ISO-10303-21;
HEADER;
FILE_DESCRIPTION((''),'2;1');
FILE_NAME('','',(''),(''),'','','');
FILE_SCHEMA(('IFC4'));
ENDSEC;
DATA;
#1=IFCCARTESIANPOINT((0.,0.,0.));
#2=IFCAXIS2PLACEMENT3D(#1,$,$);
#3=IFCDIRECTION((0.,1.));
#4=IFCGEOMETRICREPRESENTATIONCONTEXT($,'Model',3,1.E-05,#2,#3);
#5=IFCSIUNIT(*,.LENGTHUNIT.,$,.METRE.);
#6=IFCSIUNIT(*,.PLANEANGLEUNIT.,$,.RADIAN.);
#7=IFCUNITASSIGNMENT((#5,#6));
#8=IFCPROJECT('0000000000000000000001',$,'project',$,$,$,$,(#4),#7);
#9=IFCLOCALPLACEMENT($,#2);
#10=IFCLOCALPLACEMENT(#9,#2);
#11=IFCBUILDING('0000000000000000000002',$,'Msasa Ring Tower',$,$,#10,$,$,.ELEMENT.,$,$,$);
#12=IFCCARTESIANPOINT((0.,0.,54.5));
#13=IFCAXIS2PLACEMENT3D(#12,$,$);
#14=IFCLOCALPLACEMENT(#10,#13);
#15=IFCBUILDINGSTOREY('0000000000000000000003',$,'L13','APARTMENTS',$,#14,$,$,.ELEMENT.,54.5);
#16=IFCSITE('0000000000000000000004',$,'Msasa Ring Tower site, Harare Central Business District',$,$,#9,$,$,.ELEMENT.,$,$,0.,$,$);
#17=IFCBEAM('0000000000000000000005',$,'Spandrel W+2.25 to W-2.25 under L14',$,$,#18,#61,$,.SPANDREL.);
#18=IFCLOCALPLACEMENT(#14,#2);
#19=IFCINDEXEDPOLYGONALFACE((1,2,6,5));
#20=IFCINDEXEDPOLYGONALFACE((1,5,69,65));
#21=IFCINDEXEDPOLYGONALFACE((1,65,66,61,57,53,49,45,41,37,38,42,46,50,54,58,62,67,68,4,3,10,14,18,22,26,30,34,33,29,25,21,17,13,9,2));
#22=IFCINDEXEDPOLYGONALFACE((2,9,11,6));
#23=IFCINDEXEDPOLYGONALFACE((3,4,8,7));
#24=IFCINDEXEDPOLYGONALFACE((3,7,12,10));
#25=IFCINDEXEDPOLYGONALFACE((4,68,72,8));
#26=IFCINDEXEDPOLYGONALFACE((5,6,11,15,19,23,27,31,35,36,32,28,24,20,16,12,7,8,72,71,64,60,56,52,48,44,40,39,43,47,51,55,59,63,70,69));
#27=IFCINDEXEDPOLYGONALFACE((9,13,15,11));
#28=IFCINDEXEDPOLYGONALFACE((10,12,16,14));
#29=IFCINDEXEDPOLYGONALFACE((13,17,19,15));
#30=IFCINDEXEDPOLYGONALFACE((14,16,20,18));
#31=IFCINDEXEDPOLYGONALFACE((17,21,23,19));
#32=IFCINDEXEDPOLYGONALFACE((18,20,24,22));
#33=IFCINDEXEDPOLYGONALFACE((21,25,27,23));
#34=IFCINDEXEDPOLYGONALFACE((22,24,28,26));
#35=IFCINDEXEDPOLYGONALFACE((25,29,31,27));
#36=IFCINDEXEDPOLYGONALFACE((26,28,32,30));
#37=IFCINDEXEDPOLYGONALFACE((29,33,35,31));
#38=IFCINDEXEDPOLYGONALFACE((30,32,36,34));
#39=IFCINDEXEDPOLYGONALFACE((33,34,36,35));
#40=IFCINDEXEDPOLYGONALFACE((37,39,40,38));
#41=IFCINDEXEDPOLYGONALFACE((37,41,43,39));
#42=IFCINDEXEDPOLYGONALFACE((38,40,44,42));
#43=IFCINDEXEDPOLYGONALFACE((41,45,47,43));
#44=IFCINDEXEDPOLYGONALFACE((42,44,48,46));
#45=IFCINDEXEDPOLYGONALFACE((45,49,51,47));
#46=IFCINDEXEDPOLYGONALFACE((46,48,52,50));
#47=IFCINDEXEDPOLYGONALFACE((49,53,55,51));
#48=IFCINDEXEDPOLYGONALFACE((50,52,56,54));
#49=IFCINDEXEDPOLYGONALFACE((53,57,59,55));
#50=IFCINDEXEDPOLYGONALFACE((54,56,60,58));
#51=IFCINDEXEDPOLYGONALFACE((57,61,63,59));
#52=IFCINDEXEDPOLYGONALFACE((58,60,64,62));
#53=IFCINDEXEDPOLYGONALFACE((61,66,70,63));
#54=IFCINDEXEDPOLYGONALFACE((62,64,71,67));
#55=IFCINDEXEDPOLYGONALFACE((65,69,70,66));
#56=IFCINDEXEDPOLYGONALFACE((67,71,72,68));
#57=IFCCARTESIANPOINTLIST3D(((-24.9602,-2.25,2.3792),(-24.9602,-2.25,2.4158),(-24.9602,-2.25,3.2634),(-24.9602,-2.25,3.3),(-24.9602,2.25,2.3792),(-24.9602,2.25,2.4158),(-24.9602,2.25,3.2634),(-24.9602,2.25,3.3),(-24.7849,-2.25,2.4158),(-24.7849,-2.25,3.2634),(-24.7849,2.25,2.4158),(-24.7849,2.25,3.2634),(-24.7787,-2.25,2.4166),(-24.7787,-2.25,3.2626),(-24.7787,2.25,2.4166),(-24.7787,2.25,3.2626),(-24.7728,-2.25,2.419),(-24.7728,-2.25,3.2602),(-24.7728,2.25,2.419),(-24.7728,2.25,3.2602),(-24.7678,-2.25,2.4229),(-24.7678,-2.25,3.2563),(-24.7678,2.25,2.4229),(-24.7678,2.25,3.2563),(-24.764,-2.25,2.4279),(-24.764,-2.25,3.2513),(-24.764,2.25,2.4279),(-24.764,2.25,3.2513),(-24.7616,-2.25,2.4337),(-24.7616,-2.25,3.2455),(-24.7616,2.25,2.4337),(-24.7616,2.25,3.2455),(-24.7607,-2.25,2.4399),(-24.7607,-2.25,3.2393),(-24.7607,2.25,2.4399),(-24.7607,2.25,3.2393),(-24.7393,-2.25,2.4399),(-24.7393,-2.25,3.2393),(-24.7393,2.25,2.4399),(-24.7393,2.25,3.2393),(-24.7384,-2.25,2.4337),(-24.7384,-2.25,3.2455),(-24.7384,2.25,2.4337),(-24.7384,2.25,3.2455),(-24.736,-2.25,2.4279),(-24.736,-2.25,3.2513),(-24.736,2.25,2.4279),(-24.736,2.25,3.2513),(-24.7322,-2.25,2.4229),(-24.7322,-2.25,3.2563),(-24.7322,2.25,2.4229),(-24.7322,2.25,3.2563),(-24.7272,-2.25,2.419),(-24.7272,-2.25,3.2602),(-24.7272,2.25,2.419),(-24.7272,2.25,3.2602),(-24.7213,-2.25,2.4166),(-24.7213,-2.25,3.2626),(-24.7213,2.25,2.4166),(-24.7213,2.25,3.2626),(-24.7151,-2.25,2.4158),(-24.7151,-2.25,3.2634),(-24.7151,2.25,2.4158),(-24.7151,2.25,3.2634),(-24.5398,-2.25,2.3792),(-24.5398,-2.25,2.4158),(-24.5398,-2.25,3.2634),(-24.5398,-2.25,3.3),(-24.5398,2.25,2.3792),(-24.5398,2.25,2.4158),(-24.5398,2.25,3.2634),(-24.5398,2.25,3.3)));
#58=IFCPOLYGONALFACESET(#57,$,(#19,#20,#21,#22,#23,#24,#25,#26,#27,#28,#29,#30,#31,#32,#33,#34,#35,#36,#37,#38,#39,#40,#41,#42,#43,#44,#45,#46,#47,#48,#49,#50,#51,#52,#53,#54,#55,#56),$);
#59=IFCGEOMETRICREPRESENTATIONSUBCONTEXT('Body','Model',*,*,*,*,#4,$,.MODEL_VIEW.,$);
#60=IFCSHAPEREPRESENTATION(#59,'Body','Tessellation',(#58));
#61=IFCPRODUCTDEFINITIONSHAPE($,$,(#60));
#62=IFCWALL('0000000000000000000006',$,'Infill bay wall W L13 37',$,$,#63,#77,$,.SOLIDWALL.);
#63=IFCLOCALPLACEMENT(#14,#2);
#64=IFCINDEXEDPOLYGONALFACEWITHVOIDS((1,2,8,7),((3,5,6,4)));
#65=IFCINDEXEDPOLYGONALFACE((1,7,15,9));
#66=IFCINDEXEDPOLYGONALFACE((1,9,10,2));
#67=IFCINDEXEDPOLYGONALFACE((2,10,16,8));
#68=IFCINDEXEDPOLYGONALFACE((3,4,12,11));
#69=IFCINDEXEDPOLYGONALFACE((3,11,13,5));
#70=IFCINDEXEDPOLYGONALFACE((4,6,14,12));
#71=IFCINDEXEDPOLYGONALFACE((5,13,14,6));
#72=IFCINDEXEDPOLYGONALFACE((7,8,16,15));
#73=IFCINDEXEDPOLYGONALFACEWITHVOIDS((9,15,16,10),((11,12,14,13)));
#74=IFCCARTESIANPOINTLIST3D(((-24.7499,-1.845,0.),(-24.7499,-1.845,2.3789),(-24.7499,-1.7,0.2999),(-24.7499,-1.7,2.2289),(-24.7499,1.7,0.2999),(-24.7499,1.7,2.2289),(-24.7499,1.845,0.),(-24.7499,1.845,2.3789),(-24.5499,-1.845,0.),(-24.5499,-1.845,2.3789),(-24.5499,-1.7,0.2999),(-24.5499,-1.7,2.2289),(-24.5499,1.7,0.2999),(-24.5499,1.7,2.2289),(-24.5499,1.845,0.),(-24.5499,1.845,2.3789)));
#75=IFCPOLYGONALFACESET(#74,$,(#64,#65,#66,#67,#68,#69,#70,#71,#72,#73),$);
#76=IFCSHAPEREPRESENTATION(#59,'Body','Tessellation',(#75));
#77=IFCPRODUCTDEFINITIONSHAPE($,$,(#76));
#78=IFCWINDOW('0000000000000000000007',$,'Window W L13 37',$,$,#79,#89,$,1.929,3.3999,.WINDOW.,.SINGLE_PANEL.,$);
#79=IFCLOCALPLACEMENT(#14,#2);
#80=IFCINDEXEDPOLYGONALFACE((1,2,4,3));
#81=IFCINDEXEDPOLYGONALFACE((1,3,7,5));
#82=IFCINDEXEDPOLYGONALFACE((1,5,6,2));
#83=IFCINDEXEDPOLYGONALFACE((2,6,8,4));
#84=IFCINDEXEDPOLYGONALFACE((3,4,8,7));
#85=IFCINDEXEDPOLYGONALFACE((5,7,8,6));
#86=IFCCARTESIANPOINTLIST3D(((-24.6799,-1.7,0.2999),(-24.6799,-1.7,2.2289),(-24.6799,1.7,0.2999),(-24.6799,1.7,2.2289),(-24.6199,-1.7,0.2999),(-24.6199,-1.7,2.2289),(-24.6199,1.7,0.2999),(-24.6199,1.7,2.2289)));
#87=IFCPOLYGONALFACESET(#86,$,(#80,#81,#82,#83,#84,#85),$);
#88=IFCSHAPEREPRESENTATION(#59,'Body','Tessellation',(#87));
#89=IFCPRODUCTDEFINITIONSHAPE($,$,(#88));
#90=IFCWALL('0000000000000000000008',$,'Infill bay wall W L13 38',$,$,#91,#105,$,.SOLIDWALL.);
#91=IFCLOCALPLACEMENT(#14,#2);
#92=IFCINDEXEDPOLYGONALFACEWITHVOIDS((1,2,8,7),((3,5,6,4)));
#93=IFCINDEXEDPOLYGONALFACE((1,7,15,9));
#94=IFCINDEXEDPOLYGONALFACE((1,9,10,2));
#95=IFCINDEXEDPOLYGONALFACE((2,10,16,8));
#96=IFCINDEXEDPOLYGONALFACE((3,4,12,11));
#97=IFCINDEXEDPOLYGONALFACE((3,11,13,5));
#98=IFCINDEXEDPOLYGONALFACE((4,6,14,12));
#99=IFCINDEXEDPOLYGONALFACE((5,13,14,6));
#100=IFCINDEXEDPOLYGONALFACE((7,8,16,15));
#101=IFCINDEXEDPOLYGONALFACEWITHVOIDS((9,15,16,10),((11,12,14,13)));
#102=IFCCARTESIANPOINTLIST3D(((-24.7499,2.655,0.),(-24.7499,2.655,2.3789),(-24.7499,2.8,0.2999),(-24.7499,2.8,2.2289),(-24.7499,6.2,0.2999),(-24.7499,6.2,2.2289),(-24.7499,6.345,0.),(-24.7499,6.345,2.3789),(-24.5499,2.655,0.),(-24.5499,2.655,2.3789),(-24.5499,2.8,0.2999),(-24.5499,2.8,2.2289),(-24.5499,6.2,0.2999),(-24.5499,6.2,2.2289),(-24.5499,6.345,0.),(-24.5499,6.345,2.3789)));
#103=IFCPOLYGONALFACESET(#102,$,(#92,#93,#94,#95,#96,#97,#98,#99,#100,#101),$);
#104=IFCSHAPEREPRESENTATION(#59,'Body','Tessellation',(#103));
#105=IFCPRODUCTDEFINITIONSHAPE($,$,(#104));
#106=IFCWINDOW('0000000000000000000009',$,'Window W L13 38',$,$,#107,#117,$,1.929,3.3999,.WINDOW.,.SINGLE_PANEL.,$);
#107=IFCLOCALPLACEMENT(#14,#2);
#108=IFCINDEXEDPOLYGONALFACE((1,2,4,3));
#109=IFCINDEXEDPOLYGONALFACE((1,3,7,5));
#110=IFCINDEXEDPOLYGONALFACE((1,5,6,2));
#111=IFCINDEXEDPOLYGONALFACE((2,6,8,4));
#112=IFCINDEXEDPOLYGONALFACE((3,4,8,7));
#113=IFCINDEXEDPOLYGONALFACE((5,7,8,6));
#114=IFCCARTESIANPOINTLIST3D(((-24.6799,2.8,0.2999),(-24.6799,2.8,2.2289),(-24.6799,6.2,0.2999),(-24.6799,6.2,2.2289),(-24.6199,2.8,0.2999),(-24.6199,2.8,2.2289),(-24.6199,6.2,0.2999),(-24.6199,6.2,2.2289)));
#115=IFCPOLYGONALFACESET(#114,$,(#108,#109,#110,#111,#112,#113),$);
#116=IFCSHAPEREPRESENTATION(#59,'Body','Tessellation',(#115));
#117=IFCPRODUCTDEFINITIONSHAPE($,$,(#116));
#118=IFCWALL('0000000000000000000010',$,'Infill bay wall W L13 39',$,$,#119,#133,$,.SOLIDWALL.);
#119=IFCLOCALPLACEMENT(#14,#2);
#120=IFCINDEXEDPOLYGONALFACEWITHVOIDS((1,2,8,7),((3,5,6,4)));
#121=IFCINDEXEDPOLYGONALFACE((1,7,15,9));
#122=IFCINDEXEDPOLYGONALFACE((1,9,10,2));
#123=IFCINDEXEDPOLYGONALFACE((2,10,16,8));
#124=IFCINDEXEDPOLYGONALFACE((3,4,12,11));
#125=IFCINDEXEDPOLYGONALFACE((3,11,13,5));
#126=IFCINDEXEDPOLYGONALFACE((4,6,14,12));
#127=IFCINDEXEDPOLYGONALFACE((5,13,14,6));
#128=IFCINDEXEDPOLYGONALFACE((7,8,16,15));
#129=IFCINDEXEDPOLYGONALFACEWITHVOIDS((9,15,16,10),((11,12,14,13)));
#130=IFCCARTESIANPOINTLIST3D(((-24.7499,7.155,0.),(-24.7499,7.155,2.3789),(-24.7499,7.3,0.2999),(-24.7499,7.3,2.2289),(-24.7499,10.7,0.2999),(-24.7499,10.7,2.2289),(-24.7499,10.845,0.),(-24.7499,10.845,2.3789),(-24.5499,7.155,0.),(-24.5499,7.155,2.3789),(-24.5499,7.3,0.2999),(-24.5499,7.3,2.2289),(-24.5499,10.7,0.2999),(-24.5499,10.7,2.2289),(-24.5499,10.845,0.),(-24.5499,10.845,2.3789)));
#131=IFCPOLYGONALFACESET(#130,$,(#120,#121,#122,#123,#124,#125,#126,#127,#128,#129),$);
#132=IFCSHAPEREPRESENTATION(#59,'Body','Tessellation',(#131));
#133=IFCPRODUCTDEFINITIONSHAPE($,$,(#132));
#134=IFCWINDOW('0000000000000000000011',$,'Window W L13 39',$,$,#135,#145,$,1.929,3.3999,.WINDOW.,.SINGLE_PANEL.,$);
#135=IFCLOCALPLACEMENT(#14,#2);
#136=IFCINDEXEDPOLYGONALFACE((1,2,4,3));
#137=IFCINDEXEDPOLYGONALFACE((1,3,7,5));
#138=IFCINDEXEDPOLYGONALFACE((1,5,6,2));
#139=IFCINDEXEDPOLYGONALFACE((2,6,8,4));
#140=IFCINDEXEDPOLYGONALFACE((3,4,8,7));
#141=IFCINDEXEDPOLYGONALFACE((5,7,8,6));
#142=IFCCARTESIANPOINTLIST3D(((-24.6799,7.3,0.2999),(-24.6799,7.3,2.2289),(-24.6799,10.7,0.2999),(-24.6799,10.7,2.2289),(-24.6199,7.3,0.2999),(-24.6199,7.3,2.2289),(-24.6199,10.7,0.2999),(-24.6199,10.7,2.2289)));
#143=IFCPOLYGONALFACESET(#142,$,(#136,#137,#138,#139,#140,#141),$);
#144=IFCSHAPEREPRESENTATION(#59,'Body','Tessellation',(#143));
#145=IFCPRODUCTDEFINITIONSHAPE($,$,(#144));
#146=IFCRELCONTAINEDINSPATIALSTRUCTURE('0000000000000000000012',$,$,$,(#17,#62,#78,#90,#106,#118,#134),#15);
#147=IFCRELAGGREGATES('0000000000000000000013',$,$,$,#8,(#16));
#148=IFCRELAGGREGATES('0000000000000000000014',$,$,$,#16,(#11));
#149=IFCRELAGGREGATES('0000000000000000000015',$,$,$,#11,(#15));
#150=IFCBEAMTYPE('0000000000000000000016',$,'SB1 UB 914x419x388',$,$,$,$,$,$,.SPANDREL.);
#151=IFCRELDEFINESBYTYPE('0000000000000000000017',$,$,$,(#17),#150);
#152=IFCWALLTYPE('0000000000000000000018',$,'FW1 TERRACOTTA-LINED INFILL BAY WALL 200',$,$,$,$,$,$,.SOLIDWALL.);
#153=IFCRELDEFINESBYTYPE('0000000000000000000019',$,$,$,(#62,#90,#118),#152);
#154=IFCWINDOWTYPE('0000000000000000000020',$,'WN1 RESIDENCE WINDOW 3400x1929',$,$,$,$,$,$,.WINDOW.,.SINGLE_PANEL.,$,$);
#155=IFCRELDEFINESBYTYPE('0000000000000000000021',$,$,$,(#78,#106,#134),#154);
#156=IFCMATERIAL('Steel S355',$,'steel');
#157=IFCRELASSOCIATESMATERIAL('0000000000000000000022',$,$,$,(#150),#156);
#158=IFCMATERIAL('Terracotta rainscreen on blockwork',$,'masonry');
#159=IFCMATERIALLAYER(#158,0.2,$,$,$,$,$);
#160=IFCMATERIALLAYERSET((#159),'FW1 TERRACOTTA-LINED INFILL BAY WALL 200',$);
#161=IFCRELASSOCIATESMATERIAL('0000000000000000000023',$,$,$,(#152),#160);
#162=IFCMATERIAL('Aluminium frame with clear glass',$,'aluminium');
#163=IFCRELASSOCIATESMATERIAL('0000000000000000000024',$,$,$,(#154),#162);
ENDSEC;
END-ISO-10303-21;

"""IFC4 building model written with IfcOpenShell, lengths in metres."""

from ifc_helpers import new_model, si_unit, direction, frame, frame_2d, origin, origin_2d, place, context, subcontext, project, spatial, rectangle, i_section, extrude, material, layer, layer_set, material_profile, profile_set, type_object, element, fill, save


model = new_model("IFC4")

# Units and contexts
model_context = context("Model", 3, precision=1e-05, world=origin(), true_north=direction((0.0, 1.0)))
body_context = subcontext(model_context, "Body", "Model", "MODEL_VIEW")
ifc_project = project(units=[si_unit("LENGTHUNIT", "METRE"), si_unit("PLANEANGLEUNIT", "RADIAN")], contexts=[model_context])

# Site, building, storey
site_placement = place(None, origin())
site = spatial("IfcSite", under=ifc_project, at=site_placement, Name="Msasa Ring Tower site, Harare Central Business District", CompositionType="ELEMENT", RefElevation=0.0)
building_placement = place(site_placement, origin())
building = spatial("IfcBuilding", under=site, at=building_placement, Name="Msasa Ring Tower", CompositionType="ELEMENT")
storey_placement = place(building_placement, frame((0.0, 0.0, 54.5)))
storey = spatial("IfcBuildingStorey", under=building, at=storey_placement, Name="L13", Description="APARTMENTS", CompositionType="ELEMENT", Elevation=54.5)

# Beam
ifc_material_1 = material(Name="Steel S355", Category="steel")
ifc_material_profile_1 = material_profile(ifc_material_1, i_section(OverallWidth=0.4204, OverallDepth=0.9209, WebThickness=0.0215, FlangeThickness=0.0366, FilletRadius=0.0242, at=origin_2d()), Name="UB 914x419x388")
ifc_profile_set_1 = profile_set([ifc_material_profile_1], Name="Steel S355")
beam_type_1 = type_object("IfcBeamType", Name="SB1 UB 914x419x388", PredefinedType="SPANDREL", material=ifc_profile_set_1)
for number, where, z_axis, x_axis, name in (
    (1, (-24.75, 2.25, 2.8396), (0.0, -1.0, 0.0), (1.0, 0.0, 0.0), "Spandrel W+2.25 to W-2.25 under L14"),
):
    element("IfcBeam", number, at=place(storey_placement, frame(where, z_axis=z_axis, x_axis=x_axis)), inside=storey, type_object=beam_type_1, Name=name, PredefinedType="SPANDREL", context=body_context, shape_type="SweptSolid", body=[
        extrude(i_section(OverallWidth=0.4204, OverallDepth=0.9209, WebThickness=0.0215, FlangeThickness=0.0366, FilletRadius=0.0242, at=origin_2d()), origin(), (0.0, 0.0, 1.0), 4.5),
    ])

# Walls, openings, windows
ifc_material_2 = material(Name="Terracotta rainscreen on blockwork", Category="masonry")
ifc_layer_1 = layer(ifc_material_2, 0.2)
ifc_layer_set_1 = layer_set([ifc_layer_1], Name="FW1 TERRACOTTA-LINED INFILL BAY WALL 200")
wall_type_1 = type_object("IfcWallType", Name="FW1 TERRACOTTA-LINED INFILL BAY WALL 200", PredefinedType="SOLIDWALL", material=ifc_layer_set_1)
wall_1_placement = place(storey_placement, frame((-24.6499, -1.845, 0.0), z_axis=(0.0, 0.0, 1.0), x_axis=(0.0, 1.0, 0.0)))
wall_1 = element("IfcWall", 2, at=wall_1_placement, inside=storey, type_object=wall_type_1, Name="Infill bay wall W L13 37", PredefinedType="SOLIDWALL", context=body_context, shape_type="SweptSolid", body=[
    extrude(rectangle(XDim=3.6899, YDim=0.2, at=frame_2d((1.845, 0.0))), origin(), (0.0, 0.0, 1.0), 2.3789),
])
opening_1_placement = place(wall_1_placement, frame((0.145, 0.0, 0.3)))
opening_1 = element("IfcOpeningElement", 3, at=opening_1_placement, cuts=wall_1, PredefinedType="OPENING", context=body_context, shape_type="SweptSolid", body=[
    extrude(rectangle(XDim=3.3999, YDim=1.929, at=frame_2d((1.7, 0.9644))), frame((0.0, 0.1099, 0.0), z_axis=(0.0, -1.0, 0.0), x_axis=(1.0, 0.0, 0.0)), (0.0, 0.0, 1.0), 0.22),
])
ifc_material_3 = material(Name="Aluminium frame with clear glass", Category="aluminium")
window_type = type_object("IfcWindowType", Name="WN1 RESIDENCE WINDOW 3400x1929", PartitioningType="SINGLE_PANEL", PredefinedType="WINDOW", material=ifc_material_3)
window_1_placement = place(opening_1_placement, origin())
window_1 = element("IfcWindow", 4, at=window_1_placement, inside=storey, type_object=window_type, Name="Window W L13 37", OverallHeight=1.929, OverallWidth=3.3999, PartitioningType="SINGLE_PANEL", PredefinedType="WINDOW", context=body_context, shape_type="SweptSolid", body=[
    extrude(rectangle(XDim=3.3999, YDim=1.929, at=frame_2d((1.7, 0.9644))), frame((0.0, 0.03, 0.0), z_axis=(0.0, -1.0, 0.0), x_axis=(1.0, 0.0, 0.0)), (0.0, 0.0, 1.0), 0.0601),
])
fill(opening_1, window_1)
wall_2_placement = place(storey_placement, frame((-24.6499, 2.655, 0.0), z_axis=(0.0, 0.0, 1.0), x_axis=(0.0, 1.0, 0.0)))
wall_2 = element("IfcWall", 5, at=wall_2_placement, inside=storey, type_object=wall_type_1, Name="Infill bay wall W L13 38", PredefinedType="SOLIDWALL", context=body_context, shape_type="SweptSolid", body=[
    extrude(rectangle(XDim=3.6899, YDim=0.2, at=frame_2d((1.845, 0.0))), origin(), (0.0, 0.0, 1.0), 2.3789),
])
opening_2_placement = place(wall_2_placement, frame((0.145, 0.0, 0.3)))
opening_2 = element("IfcOpeningElement", 6, at=opening_2_placement, cuts=wall_2, PredefinedType="OPENING", context=body_context, shape_type="SweptSolid", body=[
    extrude(rectangle(XDim=3.3999, YDim=1.929, at=frame_2d((1.7, 0.9644))), frame((0.0, 0.1099, 0.0), z_axis=(0.0, -1.0, 0.0), x_axis=(1.0, 0.0, 0.0)), (0.0, 0.0, 1.0), 0.22),
])
window_2_placement = place(opening_2_placement, origin())
window_2 = element("IfcWindow", 7, at=window_2_placement, inside=storey, type_object=window_type, Name="Window W L13 38", OverallHeight=1.929, OverallWidth=3.3999, PartitioningType="SINGLE_PANEL", PredefinedType="WINDOW", context=body_context, shape_type="SweptSolid", body=[
    extrude(rectangle(XDim=3.3999, YDim=1.929, at=frame_2d((1.7, 0.9644))), frame((0.0, 0.03, 0.0), z_axis=(0.0, -1.0, 0.0), x_axis=(1.0, 0.0, 0.0)), (0.0, 0.0, 1.0), 0.0601),
])
fill(opening_2, window_2)
wall_3_placement = place(storey_placement, frame((-24.6499, 7.155, 0.0), z_axis=(0.0, 0.0, 1.0), x_axis=(0.0, 1.0, 0.0)))
wall_3 = element("IfcWall", 8, at=wall_3_placement, inside=storey, type_object=wall_type_1, Name="Infill bay wall W L13 39", PredefinedType="SOLIDWALL", context=body_context, shape_type="SweptSolid", body=[
    extrude(rectangle(XDim=3.6899, YDim=0.2, at=frame_2d((1.845, 0.0))), origin(), (0.0, 0.0, 1.0), 2.3789),
])
opening_3_placement = place(wall_3_placement, frame((0.145, 0.0, 0.3)))
opening_3 = element("IfcOpeningElement", 9, at=opening_3_placement, cuts=wall_3, PredefinedType="OPENING", context=body_context, shape_type="SweptSolid", body=[
    extrude(rectangle(XDim=3.3999, YDim=1.929, at=frame_2d((1.7, 0.9644))), frame((0.0, 0.1099, 0.0), z_axis=(0.0, -1.0, 0.0), x_axis=(1.0, 0.0, 0.0)), (0.0, 0.0, 1.0), 0.22),
])
window_3_placement = place(opening_3_placement, origin())
window_3 = element("IfcWindow", 10, at=window_3_placement, inside=storey, type_object=window_type, Name="Window W L13 39", OverallHeight=1.929, OverallWidth=3.3999, PartitioningType="SINGLE_PANEL", PredefinedType="WINDOW", context=body_context, shape_type="SweptSolid", body=[
    extrude(rectangle(XDim=3.3999, YDim=1.929, at=frame_2d((1.7, 0.9644))), frame((0.0, 0.03, 0.0), z_axis=(0.0, -1.0, 0.0), x_axis=(1.0, 0.0, 0.0)), (0.0, 0.0, 1.0), 0.0601),
])
fill(opening_3, window_3)

save(model, "model.ifc")
